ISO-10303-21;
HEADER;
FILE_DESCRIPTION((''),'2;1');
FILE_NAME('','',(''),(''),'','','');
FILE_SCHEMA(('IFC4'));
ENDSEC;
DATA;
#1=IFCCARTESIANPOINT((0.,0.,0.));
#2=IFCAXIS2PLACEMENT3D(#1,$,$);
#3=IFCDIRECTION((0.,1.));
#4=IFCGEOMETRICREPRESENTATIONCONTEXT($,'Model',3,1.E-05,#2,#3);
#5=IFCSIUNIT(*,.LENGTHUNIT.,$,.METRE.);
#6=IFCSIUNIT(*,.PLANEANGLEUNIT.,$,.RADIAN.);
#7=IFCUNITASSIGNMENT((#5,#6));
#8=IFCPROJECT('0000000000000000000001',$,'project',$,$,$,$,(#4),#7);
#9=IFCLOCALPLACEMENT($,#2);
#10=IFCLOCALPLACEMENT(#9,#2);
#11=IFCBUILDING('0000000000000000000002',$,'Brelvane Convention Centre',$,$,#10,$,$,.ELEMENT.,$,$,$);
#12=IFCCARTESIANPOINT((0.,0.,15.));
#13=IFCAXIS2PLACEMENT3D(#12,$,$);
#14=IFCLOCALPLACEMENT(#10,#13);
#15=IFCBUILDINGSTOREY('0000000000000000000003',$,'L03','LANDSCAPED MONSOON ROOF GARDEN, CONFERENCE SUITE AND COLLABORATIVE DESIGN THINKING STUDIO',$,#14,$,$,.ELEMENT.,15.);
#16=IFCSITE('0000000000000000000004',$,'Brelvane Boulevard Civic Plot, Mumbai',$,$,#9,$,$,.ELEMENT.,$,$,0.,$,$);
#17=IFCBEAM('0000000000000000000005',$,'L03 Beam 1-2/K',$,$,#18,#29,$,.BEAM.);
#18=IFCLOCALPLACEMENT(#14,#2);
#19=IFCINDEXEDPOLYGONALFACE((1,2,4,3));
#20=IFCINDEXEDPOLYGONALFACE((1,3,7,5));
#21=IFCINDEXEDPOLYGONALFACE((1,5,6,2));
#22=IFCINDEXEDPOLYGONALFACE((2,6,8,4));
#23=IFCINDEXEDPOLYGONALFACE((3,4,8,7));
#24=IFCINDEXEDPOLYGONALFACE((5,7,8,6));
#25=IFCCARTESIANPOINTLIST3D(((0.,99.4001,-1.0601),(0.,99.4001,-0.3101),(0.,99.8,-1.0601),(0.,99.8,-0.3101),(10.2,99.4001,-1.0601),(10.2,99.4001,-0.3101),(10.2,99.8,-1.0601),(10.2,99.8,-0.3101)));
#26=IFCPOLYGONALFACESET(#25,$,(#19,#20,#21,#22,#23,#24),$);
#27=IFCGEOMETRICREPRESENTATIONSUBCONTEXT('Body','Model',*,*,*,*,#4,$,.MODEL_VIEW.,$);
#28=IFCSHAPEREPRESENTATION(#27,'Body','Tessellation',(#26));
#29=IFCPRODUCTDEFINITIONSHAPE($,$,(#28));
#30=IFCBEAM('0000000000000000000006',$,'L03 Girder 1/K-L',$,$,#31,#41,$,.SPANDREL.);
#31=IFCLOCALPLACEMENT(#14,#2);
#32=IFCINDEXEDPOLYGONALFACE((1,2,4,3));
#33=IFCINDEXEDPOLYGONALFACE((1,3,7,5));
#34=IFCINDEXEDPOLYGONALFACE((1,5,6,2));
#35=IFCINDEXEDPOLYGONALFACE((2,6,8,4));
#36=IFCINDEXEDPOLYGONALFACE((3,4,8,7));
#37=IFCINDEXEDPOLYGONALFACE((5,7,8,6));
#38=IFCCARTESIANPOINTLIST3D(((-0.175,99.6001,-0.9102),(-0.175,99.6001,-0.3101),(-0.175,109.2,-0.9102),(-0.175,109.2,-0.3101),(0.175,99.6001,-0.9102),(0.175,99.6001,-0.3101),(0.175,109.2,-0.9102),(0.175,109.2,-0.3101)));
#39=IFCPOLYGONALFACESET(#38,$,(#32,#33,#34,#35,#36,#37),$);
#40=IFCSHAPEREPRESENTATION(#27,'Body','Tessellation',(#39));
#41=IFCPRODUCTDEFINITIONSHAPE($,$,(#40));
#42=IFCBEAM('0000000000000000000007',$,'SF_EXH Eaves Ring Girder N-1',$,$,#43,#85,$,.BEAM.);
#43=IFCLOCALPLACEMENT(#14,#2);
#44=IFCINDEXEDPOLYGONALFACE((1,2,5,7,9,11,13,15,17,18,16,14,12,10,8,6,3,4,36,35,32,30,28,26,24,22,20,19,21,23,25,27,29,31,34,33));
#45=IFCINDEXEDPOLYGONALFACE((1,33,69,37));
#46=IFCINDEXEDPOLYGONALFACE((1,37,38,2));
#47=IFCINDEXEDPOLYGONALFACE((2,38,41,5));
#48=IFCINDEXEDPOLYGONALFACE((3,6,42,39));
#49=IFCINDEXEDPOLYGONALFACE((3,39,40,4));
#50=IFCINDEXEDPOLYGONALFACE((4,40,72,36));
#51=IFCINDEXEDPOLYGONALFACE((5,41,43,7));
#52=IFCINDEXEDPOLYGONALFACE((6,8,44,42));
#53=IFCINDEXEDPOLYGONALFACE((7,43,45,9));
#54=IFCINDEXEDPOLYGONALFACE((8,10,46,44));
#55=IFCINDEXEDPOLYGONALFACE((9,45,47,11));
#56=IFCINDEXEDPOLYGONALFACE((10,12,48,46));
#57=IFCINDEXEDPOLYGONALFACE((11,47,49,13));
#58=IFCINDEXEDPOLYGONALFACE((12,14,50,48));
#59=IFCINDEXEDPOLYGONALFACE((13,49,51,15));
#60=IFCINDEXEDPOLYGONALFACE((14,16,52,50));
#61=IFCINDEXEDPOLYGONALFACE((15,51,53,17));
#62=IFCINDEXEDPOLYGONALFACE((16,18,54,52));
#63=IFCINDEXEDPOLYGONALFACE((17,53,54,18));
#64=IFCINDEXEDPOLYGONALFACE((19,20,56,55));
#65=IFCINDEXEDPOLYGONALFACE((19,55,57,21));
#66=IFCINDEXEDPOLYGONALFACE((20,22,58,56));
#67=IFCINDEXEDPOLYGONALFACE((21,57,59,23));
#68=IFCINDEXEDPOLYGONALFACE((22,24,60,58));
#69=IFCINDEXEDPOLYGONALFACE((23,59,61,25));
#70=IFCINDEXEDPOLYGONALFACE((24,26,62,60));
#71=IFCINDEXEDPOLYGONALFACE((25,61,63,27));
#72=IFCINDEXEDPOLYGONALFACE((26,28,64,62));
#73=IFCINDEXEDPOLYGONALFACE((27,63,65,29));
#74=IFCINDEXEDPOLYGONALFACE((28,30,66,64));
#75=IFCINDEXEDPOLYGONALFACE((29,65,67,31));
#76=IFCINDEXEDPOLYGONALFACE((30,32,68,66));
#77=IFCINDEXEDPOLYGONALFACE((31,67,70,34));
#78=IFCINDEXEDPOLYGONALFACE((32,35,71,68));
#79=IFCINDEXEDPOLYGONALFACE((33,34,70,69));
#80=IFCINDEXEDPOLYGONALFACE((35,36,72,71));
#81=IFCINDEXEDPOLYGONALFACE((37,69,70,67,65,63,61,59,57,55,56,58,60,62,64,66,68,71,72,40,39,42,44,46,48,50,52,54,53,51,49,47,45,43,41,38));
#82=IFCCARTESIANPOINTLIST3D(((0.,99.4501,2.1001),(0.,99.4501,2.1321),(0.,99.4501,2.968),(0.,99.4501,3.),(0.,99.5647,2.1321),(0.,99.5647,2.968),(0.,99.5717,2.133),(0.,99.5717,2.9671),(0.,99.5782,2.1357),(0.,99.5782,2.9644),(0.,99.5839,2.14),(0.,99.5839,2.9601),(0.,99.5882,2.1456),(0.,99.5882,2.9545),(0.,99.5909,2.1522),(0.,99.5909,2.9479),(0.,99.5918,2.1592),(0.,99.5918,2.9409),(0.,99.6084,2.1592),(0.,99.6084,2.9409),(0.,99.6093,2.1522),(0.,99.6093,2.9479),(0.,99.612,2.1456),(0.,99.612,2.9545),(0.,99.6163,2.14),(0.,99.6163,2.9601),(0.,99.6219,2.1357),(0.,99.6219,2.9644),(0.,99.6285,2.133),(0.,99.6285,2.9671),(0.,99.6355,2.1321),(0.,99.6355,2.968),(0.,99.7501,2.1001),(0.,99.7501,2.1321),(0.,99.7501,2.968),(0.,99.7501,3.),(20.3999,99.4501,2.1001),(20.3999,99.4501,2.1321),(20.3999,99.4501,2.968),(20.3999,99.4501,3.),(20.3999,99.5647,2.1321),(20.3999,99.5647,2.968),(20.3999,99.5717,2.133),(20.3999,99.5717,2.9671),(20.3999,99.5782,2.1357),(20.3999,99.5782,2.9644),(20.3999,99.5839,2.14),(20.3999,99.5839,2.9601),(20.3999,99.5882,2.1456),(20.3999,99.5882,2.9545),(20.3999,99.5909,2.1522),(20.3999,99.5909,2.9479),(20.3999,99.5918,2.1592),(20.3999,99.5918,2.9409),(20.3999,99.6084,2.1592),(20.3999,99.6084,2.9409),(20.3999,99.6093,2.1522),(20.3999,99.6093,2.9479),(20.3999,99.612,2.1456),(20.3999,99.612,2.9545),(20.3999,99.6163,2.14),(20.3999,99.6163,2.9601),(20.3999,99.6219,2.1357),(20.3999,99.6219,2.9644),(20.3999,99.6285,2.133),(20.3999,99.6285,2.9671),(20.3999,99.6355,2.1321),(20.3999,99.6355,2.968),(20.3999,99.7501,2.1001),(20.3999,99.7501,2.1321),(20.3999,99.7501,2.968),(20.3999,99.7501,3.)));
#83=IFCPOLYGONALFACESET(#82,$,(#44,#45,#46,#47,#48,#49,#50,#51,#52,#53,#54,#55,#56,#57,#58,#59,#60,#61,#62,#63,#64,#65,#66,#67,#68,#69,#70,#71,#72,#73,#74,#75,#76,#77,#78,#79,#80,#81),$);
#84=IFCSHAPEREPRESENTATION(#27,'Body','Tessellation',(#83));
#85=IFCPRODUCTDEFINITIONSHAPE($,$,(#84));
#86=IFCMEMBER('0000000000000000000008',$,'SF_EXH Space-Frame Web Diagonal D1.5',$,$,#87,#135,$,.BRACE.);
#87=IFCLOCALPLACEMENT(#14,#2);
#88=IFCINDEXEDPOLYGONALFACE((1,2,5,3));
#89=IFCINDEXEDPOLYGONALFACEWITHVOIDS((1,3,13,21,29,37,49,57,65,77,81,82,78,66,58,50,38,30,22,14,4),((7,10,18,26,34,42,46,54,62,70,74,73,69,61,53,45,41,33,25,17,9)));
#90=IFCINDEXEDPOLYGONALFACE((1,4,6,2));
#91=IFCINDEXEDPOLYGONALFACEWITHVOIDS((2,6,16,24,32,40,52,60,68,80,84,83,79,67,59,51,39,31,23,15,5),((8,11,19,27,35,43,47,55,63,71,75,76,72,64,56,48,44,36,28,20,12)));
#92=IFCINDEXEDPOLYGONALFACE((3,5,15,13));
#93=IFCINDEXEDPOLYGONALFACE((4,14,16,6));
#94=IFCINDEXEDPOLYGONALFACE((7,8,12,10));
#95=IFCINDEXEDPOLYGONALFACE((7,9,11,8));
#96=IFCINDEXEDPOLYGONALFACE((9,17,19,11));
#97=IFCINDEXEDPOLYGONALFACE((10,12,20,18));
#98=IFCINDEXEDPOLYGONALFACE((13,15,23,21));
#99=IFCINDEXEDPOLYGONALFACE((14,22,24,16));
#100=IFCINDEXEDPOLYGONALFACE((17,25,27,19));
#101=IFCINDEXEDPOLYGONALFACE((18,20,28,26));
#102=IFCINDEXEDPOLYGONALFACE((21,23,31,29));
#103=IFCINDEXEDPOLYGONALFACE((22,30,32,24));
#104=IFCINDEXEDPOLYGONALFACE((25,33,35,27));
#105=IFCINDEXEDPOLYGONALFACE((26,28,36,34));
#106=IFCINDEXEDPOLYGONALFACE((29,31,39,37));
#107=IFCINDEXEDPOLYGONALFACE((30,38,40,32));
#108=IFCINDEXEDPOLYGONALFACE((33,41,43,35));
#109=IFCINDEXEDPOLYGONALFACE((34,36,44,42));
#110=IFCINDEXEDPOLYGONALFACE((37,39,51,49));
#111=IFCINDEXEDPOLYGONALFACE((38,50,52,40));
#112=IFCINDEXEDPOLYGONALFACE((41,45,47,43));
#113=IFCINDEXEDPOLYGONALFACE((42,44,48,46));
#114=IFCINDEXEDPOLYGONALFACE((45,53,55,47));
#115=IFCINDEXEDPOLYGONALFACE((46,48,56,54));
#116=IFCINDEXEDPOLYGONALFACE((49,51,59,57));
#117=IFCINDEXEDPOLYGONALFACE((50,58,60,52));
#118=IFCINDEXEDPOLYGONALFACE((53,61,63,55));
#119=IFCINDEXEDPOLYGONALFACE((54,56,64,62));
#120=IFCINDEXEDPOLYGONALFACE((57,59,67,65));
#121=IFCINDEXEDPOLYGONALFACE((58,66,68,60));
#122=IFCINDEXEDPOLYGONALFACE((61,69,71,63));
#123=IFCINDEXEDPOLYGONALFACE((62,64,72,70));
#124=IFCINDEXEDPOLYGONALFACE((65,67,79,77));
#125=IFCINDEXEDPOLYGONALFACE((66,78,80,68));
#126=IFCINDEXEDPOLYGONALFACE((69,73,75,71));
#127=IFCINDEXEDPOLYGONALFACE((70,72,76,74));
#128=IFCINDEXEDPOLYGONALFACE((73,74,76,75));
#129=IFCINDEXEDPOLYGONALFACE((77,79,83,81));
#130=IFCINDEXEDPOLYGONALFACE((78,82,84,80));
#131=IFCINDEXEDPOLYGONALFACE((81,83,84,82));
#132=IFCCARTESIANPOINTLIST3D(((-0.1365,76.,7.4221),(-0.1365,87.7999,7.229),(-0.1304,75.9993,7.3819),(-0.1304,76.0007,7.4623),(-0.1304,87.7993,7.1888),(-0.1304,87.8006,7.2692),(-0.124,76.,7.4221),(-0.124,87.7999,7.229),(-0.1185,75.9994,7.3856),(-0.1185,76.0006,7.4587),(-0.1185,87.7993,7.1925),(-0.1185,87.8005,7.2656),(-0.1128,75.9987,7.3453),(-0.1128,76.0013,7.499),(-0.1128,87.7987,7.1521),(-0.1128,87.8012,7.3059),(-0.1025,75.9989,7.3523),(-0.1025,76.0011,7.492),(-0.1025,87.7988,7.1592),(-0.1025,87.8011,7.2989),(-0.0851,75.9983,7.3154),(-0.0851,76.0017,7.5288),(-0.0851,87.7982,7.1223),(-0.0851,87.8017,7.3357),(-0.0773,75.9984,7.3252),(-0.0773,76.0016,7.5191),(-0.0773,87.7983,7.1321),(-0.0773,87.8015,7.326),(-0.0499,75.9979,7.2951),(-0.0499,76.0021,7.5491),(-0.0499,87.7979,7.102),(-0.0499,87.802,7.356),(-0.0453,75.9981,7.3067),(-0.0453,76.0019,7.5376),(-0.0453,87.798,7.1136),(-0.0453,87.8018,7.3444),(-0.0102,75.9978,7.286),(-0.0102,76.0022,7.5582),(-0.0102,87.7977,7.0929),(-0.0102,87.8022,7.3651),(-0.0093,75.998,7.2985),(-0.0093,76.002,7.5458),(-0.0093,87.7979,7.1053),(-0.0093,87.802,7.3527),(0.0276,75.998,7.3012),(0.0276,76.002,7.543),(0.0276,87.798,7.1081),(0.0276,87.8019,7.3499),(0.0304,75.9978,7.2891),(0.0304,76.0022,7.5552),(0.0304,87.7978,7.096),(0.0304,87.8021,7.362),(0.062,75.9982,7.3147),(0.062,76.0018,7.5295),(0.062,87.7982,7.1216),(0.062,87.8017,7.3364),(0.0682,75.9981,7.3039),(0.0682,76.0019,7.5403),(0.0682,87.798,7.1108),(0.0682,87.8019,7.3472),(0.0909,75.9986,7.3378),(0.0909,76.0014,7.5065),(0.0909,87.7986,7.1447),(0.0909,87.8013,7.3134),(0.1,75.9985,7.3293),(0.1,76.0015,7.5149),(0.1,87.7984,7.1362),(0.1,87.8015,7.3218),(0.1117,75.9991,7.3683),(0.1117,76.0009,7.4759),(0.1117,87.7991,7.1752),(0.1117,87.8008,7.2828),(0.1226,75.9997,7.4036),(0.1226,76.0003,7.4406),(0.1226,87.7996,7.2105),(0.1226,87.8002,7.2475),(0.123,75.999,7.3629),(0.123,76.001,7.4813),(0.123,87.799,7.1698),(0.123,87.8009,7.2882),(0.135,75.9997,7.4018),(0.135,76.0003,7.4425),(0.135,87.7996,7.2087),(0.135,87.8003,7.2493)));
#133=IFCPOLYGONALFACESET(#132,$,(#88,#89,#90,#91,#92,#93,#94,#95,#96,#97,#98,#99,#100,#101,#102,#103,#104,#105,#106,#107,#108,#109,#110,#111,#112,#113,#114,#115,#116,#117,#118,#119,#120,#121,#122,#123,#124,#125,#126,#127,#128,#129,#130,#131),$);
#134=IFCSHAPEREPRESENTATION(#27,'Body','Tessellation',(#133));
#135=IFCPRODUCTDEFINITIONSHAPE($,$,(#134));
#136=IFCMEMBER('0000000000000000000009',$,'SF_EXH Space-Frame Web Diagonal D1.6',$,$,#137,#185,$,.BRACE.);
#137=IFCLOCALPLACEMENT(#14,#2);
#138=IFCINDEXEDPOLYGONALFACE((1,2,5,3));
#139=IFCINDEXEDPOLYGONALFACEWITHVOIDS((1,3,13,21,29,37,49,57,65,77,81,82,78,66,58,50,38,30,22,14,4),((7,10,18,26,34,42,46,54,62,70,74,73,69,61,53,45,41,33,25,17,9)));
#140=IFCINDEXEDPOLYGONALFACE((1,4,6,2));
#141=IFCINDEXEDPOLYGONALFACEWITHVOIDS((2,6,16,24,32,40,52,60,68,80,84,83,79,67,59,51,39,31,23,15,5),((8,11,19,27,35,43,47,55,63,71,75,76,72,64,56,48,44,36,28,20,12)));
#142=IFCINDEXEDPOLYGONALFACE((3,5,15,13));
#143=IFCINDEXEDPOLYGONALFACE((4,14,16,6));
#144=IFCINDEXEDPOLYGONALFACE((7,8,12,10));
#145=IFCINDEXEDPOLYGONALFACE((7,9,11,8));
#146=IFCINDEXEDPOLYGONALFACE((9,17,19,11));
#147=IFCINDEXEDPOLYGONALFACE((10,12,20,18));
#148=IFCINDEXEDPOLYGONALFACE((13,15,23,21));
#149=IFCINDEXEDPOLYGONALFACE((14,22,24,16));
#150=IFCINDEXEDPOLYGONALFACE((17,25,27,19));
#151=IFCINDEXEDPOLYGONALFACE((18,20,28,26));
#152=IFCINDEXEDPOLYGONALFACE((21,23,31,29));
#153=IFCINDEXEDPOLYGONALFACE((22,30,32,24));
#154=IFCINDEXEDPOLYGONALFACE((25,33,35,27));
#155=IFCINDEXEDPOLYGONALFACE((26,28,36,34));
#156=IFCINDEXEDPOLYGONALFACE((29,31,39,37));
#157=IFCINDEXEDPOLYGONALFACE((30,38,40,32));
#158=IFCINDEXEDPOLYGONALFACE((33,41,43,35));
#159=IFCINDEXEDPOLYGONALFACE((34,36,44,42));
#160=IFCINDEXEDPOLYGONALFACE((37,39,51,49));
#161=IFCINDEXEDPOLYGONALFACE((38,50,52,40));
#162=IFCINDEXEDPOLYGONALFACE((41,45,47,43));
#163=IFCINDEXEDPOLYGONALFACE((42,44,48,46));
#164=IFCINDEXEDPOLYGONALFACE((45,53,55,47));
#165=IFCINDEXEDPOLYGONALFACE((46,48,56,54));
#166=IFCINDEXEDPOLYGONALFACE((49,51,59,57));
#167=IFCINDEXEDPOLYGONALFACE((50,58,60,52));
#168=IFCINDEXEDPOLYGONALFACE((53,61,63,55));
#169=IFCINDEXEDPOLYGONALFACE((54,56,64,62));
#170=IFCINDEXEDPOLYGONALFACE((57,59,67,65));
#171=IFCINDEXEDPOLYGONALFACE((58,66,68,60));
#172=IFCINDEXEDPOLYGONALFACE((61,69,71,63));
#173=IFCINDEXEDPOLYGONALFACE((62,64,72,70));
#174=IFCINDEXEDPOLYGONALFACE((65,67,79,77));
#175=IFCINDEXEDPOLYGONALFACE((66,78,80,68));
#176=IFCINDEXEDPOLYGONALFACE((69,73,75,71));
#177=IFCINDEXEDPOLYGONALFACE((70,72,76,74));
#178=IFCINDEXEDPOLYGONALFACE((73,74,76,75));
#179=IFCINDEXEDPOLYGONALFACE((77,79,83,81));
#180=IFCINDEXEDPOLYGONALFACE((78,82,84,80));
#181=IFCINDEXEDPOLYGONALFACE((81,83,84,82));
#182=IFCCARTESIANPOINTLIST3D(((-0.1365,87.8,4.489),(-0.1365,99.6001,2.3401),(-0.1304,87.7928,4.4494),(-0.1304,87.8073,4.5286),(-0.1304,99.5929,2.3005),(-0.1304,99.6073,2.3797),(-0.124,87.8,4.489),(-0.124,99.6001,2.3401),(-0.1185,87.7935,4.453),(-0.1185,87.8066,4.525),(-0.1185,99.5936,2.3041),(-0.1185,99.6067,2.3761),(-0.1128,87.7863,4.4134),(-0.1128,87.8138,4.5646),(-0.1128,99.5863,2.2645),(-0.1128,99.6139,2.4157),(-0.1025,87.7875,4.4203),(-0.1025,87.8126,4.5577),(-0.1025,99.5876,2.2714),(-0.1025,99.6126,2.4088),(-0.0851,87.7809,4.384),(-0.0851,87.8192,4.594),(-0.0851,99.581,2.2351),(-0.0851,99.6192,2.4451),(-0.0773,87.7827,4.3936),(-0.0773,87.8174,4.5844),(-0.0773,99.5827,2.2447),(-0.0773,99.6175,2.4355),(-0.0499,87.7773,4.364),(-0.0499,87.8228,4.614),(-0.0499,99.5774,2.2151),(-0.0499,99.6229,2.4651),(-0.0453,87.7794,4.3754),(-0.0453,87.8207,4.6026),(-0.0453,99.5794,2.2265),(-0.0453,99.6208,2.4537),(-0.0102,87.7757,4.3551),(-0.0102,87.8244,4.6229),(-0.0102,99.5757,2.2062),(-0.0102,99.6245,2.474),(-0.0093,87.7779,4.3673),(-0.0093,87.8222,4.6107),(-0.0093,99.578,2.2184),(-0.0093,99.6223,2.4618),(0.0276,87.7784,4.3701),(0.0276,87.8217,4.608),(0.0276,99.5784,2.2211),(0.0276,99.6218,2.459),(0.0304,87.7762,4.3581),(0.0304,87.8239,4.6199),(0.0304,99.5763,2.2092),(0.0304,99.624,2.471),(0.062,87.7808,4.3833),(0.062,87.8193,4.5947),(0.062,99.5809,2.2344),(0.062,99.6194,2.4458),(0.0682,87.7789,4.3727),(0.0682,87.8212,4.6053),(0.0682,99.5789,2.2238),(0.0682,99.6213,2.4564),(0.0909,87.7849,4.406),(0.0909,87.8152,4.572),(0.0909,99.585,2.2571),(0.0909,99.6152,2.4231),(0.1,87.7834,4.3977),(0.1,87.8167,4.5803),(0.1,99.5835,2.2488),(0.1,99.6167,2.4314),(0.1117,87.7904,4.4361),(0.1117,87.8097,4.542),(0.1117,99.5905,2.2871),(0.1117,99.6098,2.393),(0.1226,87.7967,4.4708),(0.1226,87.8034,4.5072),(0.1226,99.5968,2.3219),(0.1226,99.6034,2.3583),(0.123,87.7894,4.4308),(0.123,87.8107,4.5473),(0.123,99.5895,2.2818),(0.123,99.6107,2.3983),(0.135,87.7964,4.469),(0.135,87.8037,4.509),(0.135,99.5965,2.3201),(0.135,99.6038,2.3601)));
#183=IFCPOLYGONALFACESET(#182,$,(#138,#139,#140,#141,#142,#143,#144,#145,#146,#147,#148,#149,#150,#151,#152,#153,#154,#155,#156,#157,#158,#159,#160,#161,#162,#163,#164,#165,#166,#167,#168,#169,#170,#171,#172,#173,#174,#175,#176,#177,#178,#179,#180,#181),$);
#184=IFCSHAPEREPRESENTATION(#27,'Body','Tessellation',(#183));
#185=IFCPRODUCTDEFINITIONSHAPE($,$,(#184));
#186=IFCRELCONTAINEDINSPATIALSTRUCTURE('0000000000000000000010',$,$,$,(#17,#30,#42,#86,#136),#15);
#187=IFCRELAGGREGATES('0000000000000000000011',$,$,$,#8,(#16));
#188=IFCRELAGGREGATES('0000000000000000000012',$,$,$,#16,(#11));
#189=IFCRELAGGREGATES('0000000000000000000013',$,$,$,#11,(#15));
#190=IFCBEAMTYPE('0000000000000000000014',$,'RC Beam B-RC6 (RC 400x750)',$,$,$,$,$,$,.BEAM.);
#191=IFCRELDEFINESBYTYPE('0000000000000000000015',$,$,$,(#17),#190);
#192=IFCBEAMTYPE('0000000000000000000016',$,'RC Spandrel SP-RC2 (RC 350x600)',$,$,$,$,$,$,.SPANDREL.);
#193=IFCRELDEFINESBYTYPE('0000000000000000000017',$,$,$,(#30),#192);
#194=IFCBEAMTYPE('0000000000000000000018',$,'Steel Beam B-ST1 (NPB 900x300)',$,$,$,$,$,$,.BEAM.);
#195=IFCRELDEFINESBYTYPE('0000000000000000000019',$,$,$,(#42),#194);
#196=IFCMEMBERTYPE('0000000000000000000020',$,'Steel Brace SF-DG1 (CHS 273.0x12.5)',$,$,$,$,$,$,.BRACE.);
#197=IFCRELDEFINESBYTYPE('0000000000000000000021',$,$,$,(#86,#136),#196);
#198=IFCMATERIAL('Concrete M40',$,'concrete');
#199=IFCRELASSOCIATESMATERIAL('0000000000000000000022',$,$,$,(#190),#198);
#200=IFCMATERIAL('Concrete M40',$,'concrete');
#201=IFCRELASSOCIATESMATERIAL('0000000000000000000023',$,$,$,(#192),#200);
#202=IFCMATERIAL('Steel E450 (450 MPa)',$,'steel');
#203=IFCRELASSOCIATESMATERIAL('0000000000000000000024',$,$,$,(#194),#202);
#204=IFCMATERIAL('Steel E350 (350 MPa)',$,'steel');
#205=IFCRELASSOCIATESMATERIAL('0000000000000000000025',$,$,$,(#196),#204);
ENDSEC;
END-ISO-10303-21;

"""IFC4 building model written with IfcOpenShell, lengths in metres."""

from ifc_helpers import new_model, si_unit, direction, frame, origin, origin_2d, place, context, subcontext, project, spatial, rectangle, hollow_circle, i_section, extrude, material, material_profile, profile_set, type_object, element, save


model = new_model("IFC4")

# Units and contexts
model_context = context("Model", 3, precision=1e-05, world=origin(), true_north=direction((0.0, 1.0)))
body_context = subcontext(model_context, "Body", "Model", "MODEL_VIEW")
ifc_project = project(units=[si_unit("LENGTHUNIT", "METRE"), si_unit("PLANEANGLEUNIT", "RADIAN")], contexts=[model_context])

# Site, building, storey
site_placement = place(None, origin())
site = spatial("IfcSite", under=ifc_project, at=site_placement, Name="Brelvane Boulevard Civic Plot, Mumbai", CompositionType="ELEMENT", RefElevation=0.0)
building_placement = place(site_placement, origin())
building = spatial("IfcBuilding", under=site, at=building_placement, Name="Brelvane Convention Centre", CompositionType="ELEMENT")
storey_placement = place(building_placement, frame((0.0, 0.0, 15.0)))
storey = spatial("IfcBuildingStorey", under=building, at=storey_placement, Name="L03", Description="LANDSCAPED MONSOON ROOF GARDEN, CONFERENCE SUITE AND COLLABORATIVE DESIGN THINKING STUDIO", CompositionType="ELEMENT", Elevation=15.0)

# Beams
ifc_material_1 = material(Name="Concrete M40", Category="concrete")
ifc_material_profile_1 = material_profile(ifc_material_1, rectangle(XDim=0.3999, YDim=0.75, at=origin_2d()), Name="RC 400x750")
ifc_profile_set_1 = profile_set([ifc_material_profile_1], Name="Concrete M40")
beam_type_1 = type_object("IfcBeamType", Name="RC Beam B-RC6 (RC 400x750)", PredefinedType="BEAM", material=ifc_profile_set_1)
beam_1_placement = place(storey_placement, frame((0.0, 99.6001, -0.6851), z_axis=(1.0, 0.0, 0.0), x_axis=(0.0, 1.0, 0.0)))
element("IfcBeam", 1, at=beam_1_placement, inside=storey, type_object=beam_type_1, Name="L03 Beam 1-2/K", PredefinedType="BEAM", context=body_context, shape_type="SweptSolid", body=[
    extrude(rectangle(XDim=0.3999, YDim=0.75, at=origin_2d()), origin(), (0.0, 0.0, 1.0), 10.2),
])
ifc_material_2 = material(Name="Concrete M40", Category="concrete")
ifc_material_profile_2 = material_profile(ifc_material_2, rectangle(XDim=0.3501, YDim=0.6001, at=origin_2d()), Name="RC 350x600")
ifc_profile_set_2 = profile_set([ifc_material_profile_2], Name="Concrete M40")
beam_type_2 = type_object("IfcBeamType", Name="RC Spandrel SP-RC2 (RC 350x600)", PredefinedType="SPANDREL", material=ifc_profile_set_2)
beam_2_placement = place(storey_placement, frame((0.0, 99.6001, -0.6101), z_axis=(0.0, 1.0, 0.0), x_axis=(-1.0, 0.0, 0.0)))
element("IfcBeam", 2, at=beam_2_placement, inside=storey, type_object=beam_type_2, Name="L03 Girder 1/K-L", PredefinedType="SPANDREL", context=body_context, shape_type="SweptSolid", body=[
    extrude(rectangle(XDim=0.3501, YDim=0.6001, at=origin_2d()), origin(), (0.0, 0.0, 1.0), 9.5999),
])
ifc_material_3 = material(Name="Steel E450 (450 MPa)", Category="steel")
ifc_material_profile_3 = material_profile(ifc_material_3, i_section(OverallWidth=0.3, OverallDepth=0.8999, WebThickness=0.0166, FlangeThickness=0.032, FilletRadius=0.0271, at=origin_2d()), Name="NPB 900x300")
ifc_profile_set_3 = profile_set([ifc_material_profile_3], Name="Steel E450 (450 MPa)")
beam_type_3 = type_object("IfcBeamType", Name="Steel Beam B-ST1 (NPB 900x300)", PredefinedType="BEAM", material=ifc_profile_set_3)
beam_3_placement = place(storey_placement, frame((0.0, 99.6001, 2.55), z_axis=(1.0, 0.0, 0.0), x_axis=(0.0, 1.0, 0.0)))
element("IfcBeam", 3, at=beam_3_placement, inside=storey, type_object=beam_type_3, Name="SF_EXH Eaves Ring Girder N-1", PredefinedType="BEAM", context=body_context, shape_type="SweptSolid", body=[
    extrude(i_section(OverallWidth=0.3, OverallDepth=0.8999, WebThickness=0.0166, FlangeThickness=0.032, FilletRadius=0.0271, at=origin_2d()), origin(), (0.0, 0.0, 1.0), 20.3999),
])

# Members
ifc_material_4 = material(Name="Steel E350 (350 MPa)", Category="steel")
ifc_material_profile_4 = material_profile(ifc_material_4, hollow_circle(Radius=0.1365, WallThickness=0.0125, at=origin_2d()), Name="CHS 273.0x12.5")
ifc_profile_set_4 = profile_set([ifc_material_profile_4], Name="Steel E350 (350 MPa)")
member_type_1 = type_object("IfcMemberType", Name="Steel Brace SF-DG1 (CHS 273.0x12.5)", PredefinedType="BRACE", material=ifc_profile_set_4)
member_1_placement = place(storey_placement, frame((0.0, 76.0, 7.4221), z_axis=(0.0, 0.999866, -0.016363), x_axis=(-1.0, 0.0, 0.0)))
element("IfcMember", 4, at=member_1_placement, inside=storey, type_object=member_type_1, Name="SF_EXH Space-Frame Web Diagonal D1.5", PredefinedType="BRACE", context=body_context, shape_type="SweptSolid", body=[
    extrude(hollow_circle(Radius=0.1365, WallThickness=0.0125, at=origin_2d()), origin(), (0.0, 0.0, 1.0), 11.8015),
])
member_2_placement = place(storey_placement, frame((0.0, 87.8, 4.489), z_axis=(0.0, 0.983819, -0.179165), x_axis=(-1.0, 0.0, 0.0)))
element("IfcMember", 5, at=member_2_placement, inside=storey, type_object=member_type_1, Name="SF_EXH Space-Frame Web Diagonal D1.6", PredefinedType="BRACE", context=body_context, shape_type="SweptSolid", body=[
    extrude(hollow_circle(Radius=0.1365, WallThickness=0.0125, at=origin_2d()), origin(), (0.0, 0.0, 1.0), 11.9941),
])

save(model, "model.ifc")
